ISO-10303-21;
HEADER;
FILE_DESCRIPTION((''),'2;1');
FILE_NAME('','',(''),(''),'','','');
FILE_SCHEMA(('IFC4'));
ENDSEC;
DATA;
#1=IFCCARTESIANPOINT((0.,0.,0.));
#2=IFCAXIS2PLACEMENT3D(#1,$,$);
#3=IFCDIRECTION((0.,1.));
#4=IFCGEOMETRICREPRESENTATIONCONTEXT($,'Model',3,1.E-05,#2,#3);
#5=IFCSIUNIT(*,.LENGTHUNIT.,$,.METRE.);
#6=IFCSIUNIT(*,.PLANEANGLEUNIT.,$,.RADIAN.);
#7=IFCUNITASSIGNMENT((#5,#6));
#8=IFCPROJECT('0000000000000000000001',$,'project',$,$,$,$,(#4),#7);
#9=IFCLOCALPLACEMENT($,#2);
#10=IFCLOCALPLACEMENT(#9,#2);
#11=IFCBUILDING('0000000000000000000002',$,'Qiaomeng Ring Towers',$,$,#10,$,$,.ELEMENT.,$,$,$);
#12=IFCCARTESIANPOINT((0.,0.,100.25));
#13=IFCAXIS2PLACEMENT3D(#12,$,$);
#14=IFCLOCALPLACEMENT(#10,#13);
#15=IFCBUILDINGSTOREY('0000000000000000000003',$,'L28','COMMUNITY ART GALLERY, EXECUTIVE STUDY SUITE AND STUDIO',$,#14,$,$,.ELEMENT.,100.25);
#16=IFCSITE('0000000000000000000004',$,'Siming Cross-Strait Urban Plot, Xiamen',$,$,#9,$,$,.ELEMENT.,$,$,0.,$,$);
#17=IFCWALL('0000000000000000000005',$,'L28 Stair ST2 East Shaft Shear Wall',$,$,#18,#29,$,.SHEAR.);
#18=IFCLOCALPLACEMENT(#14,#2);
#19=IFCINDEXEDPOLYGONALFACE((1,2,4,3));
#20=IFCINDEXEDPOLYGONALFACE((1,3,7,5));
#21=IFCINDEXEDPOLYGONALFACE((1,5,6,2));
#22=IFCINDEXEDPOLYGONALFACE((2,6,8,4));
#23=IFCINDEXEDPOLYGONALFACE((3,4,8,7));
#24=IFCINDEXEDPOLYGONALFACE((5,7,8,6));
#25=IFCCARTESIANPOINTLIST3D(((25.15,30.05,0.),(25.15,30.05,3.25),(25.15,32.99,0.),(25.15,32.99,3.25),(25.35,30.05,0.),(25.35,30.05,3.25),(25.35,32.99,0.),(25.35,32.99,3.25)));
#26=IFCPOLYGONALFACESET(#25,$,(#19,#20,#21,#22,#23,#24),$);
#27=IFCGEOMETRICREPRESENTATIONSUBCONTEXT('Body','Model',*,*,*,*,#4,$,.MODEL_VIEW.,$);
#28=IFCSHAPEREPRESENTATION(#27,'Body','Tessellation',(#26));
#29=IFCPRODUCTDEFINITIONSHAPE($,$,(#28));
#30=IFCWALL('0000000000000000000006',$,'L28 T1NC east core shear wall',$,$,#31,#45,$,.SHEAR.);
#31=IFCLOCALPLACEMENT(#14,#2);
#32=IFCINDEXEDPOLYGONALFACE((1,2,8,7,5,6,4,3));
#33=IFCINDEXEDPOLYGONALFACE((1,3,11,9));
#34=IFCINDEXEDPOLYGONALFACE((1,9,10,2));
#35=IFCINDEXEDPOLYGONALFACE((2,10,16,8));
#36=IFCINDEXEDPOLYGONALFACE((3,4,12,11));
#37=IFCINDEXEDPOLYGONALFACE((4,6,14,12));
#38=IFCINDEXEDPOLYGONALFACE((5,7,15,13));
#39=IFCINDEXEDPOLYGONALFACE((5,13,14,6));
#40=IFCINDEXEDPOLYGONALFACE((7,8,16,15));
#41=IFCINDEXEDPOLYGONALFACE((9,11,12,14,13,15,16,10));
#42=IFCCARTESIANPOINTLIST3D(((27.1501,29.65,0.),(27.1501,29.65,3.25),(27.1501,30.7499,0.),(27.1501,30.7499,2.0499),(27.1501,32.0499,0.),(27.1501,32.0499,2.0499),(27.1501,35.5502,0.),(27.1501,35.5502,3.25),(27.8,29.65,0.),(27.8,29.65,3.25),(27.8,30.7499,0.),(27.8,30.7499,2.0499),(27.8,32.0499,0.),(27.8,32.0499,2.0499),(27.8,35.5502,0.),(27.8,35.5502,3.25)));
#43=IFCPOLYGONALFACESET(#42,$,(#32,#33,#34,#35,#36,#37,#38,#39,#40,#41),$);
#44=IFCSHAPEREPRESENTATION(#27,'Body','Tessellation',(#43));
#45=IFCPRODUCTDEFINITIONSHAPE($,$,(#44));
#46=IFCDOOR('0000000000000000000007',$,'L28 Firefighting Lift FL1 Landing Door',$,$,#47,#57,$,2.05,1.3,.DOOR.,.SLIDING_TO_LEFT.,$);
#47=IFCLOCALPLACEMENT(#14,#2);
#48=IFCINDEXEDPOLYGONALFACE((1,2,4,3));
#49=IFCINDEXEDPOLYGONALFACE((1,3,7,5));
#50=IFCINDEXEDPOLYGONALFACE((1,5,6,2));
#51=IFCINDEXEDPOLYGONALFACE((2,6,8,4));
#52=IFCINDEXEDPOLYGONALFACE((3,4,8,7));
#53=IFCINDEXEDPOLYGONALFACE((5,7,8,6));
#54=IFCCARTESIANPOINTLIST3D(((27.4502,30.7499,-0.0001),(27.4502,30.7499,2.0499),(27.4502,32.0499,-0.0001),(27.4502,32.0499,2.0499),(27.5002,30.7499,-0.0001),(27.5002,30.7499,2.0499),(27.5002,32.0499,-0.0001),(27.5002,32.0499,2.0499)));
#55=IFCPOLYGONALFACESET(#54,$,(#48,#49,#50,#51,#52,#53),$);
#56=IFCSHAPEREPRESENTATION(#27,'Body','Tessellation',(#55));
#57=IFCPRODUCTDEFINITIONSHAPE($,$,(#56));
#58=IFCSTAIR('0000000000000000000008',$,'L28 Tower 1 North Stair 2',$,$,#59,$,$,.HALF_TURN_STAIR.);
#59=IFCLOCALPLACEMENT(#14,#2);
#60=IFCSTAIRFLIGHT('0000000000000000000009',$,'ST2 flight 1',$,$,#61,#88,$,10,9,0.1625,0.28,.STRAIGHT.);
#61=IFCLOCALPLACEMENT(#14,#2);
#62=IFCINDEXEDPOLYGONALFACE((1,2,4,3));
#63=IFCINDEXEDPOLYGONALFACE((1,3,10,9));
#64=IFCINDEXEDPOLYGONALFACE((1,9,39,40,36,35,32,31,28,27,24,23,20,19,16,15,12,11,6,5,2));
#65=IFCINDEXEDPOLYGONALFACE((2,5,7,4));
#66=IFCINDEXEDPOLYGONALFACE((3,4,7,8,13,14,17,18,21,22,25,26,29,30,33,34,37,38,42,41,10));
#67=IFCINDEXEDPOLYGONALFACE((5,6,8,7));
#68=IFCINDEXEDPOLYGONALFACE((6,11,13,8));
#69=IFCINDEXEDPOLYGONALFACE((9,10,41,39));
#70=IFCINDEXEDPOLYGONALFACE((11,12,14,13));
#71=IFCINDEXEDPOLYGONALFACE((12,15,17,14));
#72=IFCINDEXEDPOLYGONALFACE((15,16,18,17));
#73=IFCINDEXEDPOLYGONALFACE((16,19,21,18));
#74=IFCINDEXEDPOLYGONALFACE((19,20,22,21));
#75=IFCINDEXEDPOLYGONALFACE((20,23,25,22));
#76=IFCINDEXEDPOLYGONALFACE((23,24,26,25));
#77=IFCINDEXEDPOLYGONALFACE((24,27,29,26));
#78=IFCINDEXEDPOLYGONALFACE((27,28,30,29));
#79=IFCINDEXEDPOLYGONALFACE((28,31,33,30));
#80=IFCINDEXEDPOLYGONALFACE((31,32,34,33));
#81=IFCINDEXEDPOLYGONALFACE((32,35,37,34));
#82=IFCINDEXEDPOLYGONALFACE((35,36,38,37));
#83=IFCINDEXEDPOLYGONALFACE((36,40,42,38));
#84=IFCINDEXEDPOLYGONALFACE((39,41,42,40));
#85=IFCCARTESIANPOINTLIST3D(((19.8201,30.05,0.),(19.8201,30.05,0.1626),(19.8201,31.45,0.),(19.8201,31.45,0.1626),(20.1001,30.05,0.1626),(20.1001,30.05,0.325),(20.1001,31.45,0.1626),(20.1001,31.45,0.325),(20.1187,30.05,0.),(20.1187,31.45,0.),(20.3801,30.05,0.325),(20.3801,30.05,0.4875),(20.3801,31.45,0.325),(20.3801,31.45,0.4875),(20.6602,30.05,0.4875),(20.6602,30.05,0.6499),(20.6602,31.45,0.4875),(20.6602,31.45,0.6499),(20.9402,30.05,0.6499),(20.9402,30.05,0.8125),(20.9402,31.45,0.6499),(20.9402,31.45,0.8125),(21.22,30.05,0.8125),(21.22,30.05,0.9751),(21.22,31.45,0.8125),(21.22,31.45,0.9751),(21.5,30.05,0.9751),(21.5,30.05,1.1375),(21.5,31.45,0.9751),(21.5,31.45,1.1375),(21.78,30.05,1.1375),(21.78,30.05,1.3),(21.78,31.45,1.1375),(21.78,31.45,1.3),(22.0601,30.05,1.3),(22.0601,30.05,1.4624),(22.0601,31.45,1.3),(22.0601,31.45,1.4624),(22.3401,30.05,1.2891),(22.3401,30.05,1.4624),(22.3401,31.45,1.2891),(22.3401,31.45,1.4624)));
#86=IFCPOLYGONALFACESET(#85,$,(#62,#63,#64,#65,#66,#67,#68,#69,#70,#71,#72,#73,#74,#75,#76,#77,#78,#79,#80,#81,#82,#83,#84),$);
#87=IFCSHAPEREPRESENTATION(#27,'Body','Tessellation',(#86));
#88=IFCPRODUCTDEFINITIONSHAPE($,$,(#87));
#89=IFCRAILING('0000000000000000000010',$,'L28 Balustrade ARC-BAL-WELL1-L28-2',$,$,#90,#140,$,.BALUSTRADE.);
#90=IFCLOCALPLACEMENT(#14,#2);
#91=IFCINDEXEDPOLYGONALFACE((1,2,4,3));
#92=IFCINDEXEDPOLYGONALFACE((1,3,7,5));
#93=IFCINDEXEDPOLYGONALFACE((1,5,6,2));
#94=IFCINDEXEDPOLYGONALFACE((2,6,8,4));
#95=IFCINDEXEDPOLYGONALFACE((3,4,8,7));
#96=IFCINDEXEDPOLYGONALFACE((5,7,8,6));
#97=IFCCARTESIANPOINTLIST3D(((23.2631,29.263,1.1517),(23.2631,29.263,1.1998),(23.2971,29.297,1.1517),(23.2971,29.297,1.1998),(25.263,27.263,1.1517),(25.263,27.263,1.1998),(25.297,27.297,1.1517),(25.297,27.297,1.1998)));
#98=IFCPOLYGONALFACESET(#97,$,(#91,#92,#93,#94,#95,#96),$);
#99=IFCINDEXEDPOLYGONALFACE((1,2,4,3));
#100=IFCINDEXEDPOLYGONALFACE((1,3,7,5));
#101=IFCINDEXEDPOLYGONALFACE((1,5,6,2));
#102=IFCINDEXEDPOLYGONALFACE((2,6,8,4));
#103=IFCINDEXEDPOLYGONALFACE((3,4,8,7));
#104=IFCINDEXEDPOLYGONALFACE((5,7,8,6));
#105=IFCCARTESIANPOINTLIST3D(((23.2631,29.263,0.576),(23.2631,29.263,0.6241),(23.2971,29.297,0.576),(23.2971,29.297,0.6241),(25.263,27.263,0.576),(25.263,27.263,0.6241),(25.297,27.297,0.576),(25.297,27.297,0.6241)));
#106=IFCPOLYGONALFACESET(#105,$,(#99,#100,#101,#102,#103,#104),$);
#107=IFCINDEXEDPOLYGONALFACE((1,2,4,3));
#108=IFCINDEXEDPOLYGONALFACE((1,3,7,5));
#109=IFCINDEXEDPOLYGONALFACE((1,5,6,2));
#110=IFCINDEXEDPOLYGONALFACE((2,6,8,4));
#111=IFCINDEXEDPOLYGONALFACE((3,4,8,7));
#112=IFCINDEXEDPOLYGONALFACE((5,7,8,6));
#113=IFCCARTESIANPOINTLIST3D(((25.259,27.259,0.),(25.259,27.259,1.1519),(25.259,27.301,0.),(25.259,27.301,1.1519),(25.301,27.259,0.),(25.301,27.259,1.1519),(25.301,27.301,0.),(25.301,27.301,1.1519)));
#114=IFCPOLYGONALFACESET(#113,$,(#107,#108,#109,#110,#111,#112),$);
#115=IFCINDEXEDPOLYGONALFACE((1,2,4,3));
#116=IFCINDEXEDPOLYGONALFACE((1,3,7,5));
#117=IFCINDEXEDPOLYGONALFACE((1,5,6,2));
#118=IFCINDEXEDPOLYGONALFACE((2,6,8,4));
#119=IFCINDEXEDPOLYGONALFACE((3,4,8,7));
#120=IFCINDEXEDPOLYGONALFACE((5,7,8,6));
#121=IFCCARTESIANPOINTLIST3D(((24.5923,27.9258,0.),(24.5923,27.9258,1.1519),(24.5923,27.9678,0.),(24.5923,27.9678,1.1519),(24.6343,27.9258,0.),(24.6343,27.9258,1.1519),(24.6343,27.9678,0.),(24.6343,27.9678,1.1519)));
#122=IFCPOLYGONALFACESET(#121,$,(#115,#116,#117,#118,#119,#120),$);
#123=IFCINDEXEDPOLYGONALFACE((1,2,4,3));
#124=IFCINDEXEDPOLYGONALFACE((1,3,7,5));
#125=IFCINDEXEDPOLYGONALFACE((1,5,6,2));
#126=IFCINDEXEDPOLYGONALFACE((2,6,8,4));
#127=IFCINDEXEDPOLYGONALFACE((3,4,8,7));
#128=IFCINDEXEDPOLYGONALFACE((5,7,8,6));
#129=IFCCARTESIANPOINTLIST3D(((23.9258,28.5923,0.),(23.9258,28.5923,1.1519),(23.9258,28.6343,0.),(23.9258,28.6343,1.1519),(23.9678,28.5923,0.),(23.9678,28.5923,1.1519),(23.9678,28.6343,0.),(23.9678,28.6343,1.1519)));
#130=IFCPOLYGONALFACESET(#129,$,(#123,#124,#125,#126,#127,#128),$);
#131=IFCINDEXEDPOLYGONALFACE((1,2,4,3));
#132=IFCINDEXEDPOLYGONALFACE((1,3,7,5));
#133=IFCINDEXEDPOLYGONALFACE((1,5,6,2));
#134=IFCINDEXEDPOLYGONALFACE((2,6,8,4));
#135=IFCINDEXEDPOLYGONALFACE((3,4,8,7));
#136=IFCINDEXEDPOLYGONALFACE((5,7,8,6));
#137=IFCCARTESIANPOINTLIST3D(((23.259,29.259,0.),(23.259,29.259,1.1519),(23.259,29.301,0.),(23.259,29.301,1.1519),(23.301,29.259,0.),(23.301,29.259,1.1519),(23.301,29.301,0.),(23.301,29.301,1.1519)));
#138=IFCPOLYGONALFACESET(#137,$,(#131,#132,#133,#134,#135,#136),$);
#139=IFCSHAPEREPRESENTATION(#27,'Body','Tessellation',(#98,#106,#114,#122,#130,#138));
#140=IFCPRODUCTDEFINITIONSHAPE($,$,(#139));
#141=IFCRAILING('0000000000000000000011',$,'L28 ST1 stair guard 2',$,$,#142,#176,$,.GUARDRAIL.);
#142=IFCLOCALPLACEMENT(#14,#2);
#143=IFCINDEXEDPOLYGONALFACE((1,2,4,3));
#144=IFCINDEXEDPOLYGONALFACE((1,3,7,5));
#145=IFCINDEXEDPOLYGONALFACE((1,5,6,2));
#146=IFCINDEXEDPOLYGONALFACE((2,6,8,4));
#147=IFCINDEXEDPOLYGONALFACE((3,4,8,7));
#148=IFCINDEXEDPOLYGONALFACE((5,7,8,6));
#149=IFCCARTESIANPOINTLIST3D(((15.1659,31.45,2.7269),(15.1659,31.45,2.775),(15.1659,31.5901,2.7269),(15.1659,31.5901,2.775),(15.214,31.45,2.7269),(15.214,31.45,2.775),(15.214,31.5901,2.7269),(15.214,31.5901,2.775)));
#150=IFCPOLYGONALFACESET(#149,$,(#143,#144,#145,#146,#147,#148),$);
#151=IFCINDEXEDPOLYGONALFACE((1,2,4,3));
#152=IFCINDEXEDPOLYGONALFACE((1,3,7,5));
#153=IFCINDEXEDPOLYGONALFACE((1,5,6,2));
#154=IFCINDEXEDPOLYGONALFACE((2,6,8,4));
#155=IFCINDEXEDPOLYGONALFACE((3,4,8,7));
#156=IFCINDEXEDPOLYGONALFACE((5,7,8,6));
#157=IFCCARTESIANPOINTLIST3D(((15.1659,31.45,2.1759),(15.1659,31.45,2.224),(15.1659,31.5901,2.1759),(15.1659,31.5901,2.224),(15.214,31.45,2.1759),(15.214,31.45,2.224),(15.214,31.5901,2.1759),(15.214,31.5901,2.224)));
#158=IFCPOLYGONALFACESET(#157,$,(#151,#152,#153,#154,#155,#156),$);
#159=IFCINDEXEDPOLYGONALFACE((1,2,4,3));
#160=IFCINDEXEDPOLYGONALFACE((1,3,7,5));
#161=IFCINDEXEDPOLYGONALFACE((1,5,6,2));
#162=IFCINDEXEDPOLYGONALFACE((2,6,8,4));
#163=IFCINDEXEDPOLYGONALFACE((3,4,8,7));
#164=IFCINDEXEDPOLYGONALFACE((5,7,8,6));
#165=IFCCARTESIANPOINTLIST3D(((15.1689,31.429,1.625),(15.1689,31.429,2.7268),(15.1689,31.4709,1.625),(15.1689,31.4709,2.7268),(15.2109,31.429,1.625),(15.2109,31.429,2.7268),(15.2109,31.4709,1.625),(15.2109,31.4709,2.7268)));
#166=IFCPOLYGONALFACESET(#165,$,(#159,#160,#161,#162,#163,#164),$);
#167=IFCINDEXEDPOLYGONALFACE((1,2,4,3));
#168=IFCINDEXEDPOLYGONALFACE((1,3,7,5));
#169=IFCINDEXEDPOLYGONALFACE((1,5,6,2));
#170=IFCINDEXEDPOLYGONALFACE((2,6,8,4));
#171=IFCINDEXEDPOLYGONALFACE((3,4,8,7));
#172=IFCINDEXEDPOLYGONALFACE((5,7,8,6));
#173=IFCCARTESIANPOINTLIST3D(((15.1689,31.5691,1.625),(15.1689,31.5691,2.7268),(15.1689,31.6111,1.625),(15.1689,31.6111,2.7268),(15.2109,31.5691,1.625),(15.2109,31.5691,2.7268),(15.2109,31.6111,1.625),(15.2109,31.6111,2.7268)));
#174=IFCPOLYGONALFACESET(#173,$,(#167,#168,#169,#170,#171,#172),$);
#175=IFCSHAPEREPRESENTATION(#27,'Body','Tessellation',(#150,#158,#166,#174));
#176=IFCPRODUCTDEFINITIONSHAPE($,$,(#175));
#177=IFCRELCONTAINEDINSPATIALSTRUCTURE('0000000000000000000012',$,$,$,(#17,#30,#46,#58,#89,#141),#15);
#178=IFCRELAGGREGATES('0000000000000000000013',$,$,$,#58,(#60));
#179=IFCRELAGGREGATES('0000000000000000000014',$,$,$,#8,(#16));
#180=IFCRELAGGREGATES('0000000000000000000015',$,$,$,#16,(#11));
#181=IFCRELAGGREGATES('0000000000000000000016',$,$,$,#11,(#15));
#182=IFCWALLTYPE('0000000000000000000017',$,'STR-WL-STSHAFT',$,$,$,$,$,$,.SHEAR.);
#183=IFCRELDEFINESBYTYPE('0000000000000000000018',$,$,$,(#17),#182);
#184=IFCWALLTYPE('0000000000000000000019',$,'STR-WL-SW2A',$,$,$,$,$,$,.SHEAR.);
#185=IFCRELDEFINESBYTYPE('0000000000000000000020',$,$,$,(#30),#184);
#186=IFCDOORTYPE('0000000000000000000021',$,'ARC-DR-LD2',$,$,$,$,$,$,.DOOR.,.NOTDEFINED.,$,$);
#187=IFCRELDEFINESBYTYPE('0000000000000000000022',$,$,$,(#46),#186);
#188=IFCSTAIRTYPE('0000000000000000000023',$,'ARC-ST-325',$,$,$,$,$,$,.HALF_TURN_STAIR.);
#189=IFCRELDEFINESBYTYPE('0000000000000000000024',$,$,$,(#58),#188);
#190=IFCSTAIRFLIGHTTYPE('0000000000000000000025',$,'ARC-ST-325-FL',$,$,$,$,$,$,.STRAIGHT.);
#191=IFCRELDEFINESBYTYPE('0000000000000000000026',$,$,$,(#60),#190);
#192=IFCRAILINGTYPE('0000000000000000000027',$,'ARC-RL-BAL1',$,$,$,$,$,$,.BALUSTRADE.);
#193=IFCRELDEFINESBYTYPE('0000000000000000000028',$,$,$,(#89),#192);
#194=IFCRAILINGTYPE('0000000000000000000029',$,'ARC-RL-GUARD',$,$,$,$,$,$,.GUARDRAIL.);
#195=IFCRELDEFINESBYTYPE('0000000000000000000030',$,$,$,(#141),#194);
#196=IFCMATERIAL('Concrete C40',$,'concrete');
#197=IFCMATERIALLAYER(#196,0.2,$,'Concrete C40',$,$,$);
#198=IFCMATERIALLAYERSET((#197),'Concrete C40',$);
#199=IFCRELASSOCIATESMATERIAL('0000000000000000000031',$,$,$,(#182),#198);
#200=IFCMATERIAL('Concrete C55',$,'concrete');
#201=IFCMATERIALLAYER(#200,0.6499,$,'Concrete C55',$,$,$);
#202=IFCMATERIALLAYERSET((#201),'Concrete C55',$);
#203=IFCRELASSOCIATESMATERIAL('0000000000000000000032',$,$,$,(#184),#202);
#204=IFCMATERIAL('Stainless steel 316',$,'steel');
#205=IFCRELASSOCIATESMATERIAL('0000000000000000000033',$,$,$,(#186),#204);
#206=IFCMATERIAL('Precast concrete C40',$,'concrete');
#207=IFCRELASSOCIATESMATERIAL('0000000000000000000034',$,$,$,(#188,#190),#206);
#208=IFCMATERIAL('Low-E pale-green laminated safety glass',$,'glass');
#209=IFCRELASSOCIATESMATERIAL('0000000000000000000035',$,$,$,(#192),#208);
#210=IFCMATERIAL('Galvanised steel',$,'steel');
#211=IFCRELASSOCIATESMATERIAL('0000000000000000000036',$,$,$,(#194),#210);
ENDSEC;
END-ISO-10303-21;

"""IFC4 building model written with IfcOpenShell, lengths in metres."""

from ifc_helpers import new_model, si_unit, direction, frame, frame_2d, origin, origin_2d, place, context, subcontext, project, spatial, polyline, rectangle, outline, extrude, source, transform, mapped, material, layer, layer_set, type_object, element, fill, aggregate, save


model = new_model("IFC4")

# Units and contexts
model_context = context("Model", 3, precision=1e-05, world=origin(), true_north=direction((0.0, 1.0)))
body_context = subcontext(model_context, "Body", "Model", "MODEL_VIEW")
ifc_project = project(units=[si_unit("LENGTHUNIT", "METRE"), si_unit("PLANEANGLEUNIT", "RADIAN")], contexts=[model_context])

# Site, building, storey
site_placement = place(None, origin())
site = spatial("IfcSite", under=ifc_project, at=site_placement, Name="Siming Cross-Strait Urban Plot, Xiamen", CompositionType="ELEMENT", RefElevation=0.0)
building_placement = place(site_placement, origin())
building = spatial("IfcBuilding", under=site, at=building_placement, Name="Qiaomeng Ring Towers", CompositionType="ELEMENT")
storey_placement = place(building_placement, frame((0.0, 0.0, 100.25)))
storey = spatial("IfcBuildingStorey", under=building, at=storey_placement, Name="L28", Description="COMMUNITY ART GALLERY, EXECUTIVE STUDY SUITE AND STUDIO", CompositionType="ELEMENT", Elevation=100.25)

# Wall
ifc_material_1 = material(Name="Concrete C40", Category="concrete")
ifc_layer_1 = layer(ifc_material_1, 0.2, Name="Concrete C40")
ifc_layer_set_1 = layer_set([ifc_layer_1], Name="Concrete C40")
wall_type_1 = type_object("IfcWallType", Name="STR-WL-STSHAFT", PredefinedType="SHEAR", material=ifc_layer_set_1)
for number, where, z_axis, x_axis, name in (
    (1, (25.25, 30.05, 0.0), (0.0, 0.0, 1.0), (0.0, 1.0, 0.0), "L28 Stair ST2 East Shaft Shear Wall"),
):
    element("IfcWall", number, at=place(storey_placement, frame(where, z_axis=z_axis, x_axis=x_axis)), inside=storey, type_object=wall_type_1, Name=name, PredefinedType="SHEAR", context=body_context, shape_type="SweptSolid", body=[
        extrude(rectangle(XDim=2.9399, YDim=0.2, at=frame_2d((1.47, 0.0))), origin(), (0.0, 0.0, 1.0), 3.25),
    ])

# Wall, opening, door
ifc_material_2 = material(Name="Concrete C55", Category="concrete")
ifc_layer_2 = layer(ifc_material_2, 0.6499, Name="Concrete C55")
ifc_layer_set_2 = layer_set([ifc_layer_2], Name="Concrete C55")
wall_type_2 = type_object("IfcWallType", Name="STR-WL-SW2A", PredefinedType="SHEAR", material=ifc_layer_set_2)
wall_1_placement = place(storey_placement, frame((27.4751, 29.6499, 0.0), z_axis=(0.0, 0.0, 1.0), x_axis=(0.0, 1.0, 0.0)))
wall_1 = element("IfcWall", 2, at=wall_1_placement, inside=storey, type_object=wall_type_2, Name="L28 T1NC east core shear wall", PredefinedType="SHEAR", context=body_context, shape_type="SweptSolid", body=[
    extrude(rectangle(XDim=5.9001, YDim=0.6499, at=frame_2d((2.9502, 0.0))), origin(), (0.0, 0.0, 1.0), 3.25),
])
opening_1_placement = place(wall_1_placement, frame((1.1001, 0.0, 0.0)))
opening_1 = element("IfcOpeningElement", 3, at=opening_1_placement, cuts=wall_1, PredefinedType="OPENING", context=body_context, shape_type="SweptSolid", body=[
    extrude(rectangle(XDim=1.3, YDim=2.05, at=frame_2d((0.6499, 1.0249))), frame((0.0, 0.335, 0.0), z_axis=(0.0, -1.0, 0.0), x_axis=(1.0, 0.0, 0.0)), (0.0, 0.0, 1.0), 0.6699),
])
ifc_material_3 = material(Name="Stainless steel 316", Category="steel")
door_type_1 = type_object("IfcDoorType", Name="ARC-DR-LD2", OperationType="NOTDEFINED", PredefinedType="DOOR", material=ifc_material_3)
shared_shape_1 = source(origin(), body_context, "Body", "SweptSolid", [
    extrude(rectangle(XDim=1.3, YDim=2.05, at=frame_2d((0.6499, 1.0249))), frame((0.0, 0.0249, 0.0), z_axis=(0.0, -1.0, 0.0), x_axis=(1.0, 0.0, 0.0)), (0.0, 0.0, 1.0), 0.05),
])
door_1_placement = place(opening_1_placement, origin())
door_1 = element("IfcDoor", 4, at=door_1_placement, inside=storey, type_object=door_type_1, Name="L28 Firefighting Lift FL1 Landing Door", OperationType="SLIDING_TO_LEFT", OverallHeight=2.05, OverallWidth=1.3, PredefinedType="DOOR", context=body_context, shape_type="MappedRepresentation", body=[
    mapped(shared_shape_1, transform((0.0, 0.0, 0.0), x_axis=(1.0, 0.0, 0.0), y_axis=(0.0, 1.0, 0.0), z_axis=(0.0, 0.0, 1.0), scale=1.0)),
])
fill(opening_1, door_1)

# Stair, stair flight
ifc_material_4 = material(Name="Precast concrete C40", Category="concrete")
stair_type = type_object("IfcStairType", Name="ARC-ST-325", PredefinedType="HALF_TURN_STAIR", material=ifc_material_4)
stair_placement = place(storey_placement, origin())
stair = element("IfcStair", 5, at=stair_placement, inside=storey, type_object=stair_type, Name="L28 Tower 1 North Stair 2", PredefinedType="HALF_TURN_STAIR")
stair_flight_type = type_object("IfcStairFlightType", Name="ARC-ST-325-FL", PredefinedType="STRAIGHT", material=ifc_material_4)
shared_shape_2 = source(origin(), body_context, "Body", "SweptSolid", [
    extrude(outline(polyline([(0.0, 0.0), (0.0, 0.1626), (0.28, 0.1626), (0.28, 0.325), (0.5601, 0.325), (0.5601, 0.4875), (0.8401, 0.4875), (0.8401, 0.6499), (1.1201, 0.6499), (1.1201, 0.8125), (1.3999, 0.8125), (1.3999, 0.9751), (1.6799, 0.9751), (1.6799, 1.1375), (1.96, 1.1375), (1.96, 1.3), (2.24, 1.3), (2.24, 1.4624), (2.52, 1.4624), (2.52, 1.625), (2.52, 1.2891), (0.2986, 0.0), (0.0, 0.0)])), frame((0.0, 0.7, 0.0), z_axis=(0.0, -1.0, 0.0), x_axis=(1.0, 0.0, 0.0)), (0.0, 0.0, 1.0), 1.3999),
])
stair_flight_placement = place(storey_placement, frame((19.8201, 30.75, 0.0), z_axis=(0.0, 0.0, 1.0), x_axis=(1.0, 0.0, 0.0)))
stair_flight = element("IfcStairFlight", 6, at=stair_flight_placement, type_object=stair_flight_type, Name="ST2 flight 1", NumberOfRisers=10, NumberOfTreads=9, PredefinedType="STRAIGHT", RiserHeight=0.1625, TreadLength=0.28, context=body_context, shape_type="MappedRepresentation", body=[
    mapped(shared_shape_2, transform((0.0, 0.0, 0.0), x_axis=(1.0, 0.0, 0.0), y_axis=(0.0, 1.0, 0.0), z_axis=(0.0, 0.0, 1.0), scale=1.0)),
])
aggregate(stair, [stair_flight])

# Railings
ifc_material_5 = material(Name="Low-E pale-green laminated safety glass", Category="glass")
railing_type_1 = type_object("IfcRailingType", Name="ARC-RL-BAL1", PredefinedType="BALUSTRADE", material=ifc_material_5)
railing_1_placement = place(storey_placement, frame((25.28, 27.28, 0.0)))
element("IfcRailing", 7, at=railing_1_placement, inside=storey, type_object=railing_type_1, Name="L28 Balustrade ARC-BAL-WELL1-L28-2", PredefinedType="BALUSTRADE", context=body_context, shape_type="SweptSolid", body=[
    extrude(rectangle(XDim=0.0481, YDim=0.0481, at=origin_2d()), frame((0.0, 0.0, 1.1758), z_axis=(-0.707107, 0.707107, 0.0), x_axis=(-0.707107, -0.707107, 0.0)), (0.0, 0.0, 1.0), 2.8284),
    extrude(rectangle(XDim=0.0481, YDim=0.0481, at=origin_2d()), frame((0.0, 0.0, 0.6001), z_axis=(-0.707107, 0.707107, 0.0), x_axis=(-0.707107, -0.707107, 0.0)), (0.0, 0.0, 1.0), 2.8284),
    extrude(rectangle(XDim=0.042, YDim=0.042, at=origin_2d()), origin(), (0.0, 0.0, 1.0), 1.1519),
    extrude(rectangle(XDim=0.042, YDim=0.042, at=origin_2d()), frame((-0.6667, 0.6667, 0.0)), (0.0, 0.0, 1.0), 1.1519),
    extrude(rectangle(XDim=0.042, YDim=0.042, at=origin_2d()), frame((-1.3333, 1.3333, 0.0)), (0.0, 0.0, 1.0), 1.1519),
    extrude(rectangle(XDim=0.042, YDim=0.042, at=origin_2d()), frame((-2.0, 2.0, 0.0)), (0.0, 0.0, 1.0), 1.1519),
])
ifc_material_6 = material(Name="Galvanised steel", Category="steel")
railing_type_2 = type_object("IfcRailingType", Name="ARC-RL-GUARD", PredefinedType="GUARDRAIL", material=ifc_material_6)
railing_2_placement = place(storey_placement, frame((15.1899, 31.45, 1.625)))
element("IfcRailing", 8, at=railing_2_placement, inside=storey, type_object=railing_type_2, Name="L28 ST1 stair guard 2", PredefinedType="GUARDRAIL", context=body_context, shape_type="SweptSolid", body=[
    extrude(rectangle(XDim=0.0481, YDim=0.0481, at=origin_2d()), frame((0.0, 0.0, 1.126), z_axis=(0.0, 1.0, 0.0), x_axis=(-1.0, 0.0, 0.0)), (0.0, 0.0, 1.0), 0.1401),
    extrude(rectangle(XDim=0.0481, YDim=0.0481, at=origin_2d()), frame((0.0, 0.0, 0.575), z_axis=(0.0, 1.0, 0.0), x_axis=(-1.0, 0.0, 0.0)), (0.0, 0.0, 1.0), 0.1401),
    extrude(rectangle(XDim=0.042, YDim=0.042, at=origin_2d()), origin(), (0.0, 0.0, 1.0), 1.1018),
    extrude(rectangle(XDim=0.042, YDim=0.042, at=origin_2d()), frame((0.0, 0.1401, 0.0)), (0.0, 0.0, 1.0), 1.1018),
])

save(model, "model.ifc")
